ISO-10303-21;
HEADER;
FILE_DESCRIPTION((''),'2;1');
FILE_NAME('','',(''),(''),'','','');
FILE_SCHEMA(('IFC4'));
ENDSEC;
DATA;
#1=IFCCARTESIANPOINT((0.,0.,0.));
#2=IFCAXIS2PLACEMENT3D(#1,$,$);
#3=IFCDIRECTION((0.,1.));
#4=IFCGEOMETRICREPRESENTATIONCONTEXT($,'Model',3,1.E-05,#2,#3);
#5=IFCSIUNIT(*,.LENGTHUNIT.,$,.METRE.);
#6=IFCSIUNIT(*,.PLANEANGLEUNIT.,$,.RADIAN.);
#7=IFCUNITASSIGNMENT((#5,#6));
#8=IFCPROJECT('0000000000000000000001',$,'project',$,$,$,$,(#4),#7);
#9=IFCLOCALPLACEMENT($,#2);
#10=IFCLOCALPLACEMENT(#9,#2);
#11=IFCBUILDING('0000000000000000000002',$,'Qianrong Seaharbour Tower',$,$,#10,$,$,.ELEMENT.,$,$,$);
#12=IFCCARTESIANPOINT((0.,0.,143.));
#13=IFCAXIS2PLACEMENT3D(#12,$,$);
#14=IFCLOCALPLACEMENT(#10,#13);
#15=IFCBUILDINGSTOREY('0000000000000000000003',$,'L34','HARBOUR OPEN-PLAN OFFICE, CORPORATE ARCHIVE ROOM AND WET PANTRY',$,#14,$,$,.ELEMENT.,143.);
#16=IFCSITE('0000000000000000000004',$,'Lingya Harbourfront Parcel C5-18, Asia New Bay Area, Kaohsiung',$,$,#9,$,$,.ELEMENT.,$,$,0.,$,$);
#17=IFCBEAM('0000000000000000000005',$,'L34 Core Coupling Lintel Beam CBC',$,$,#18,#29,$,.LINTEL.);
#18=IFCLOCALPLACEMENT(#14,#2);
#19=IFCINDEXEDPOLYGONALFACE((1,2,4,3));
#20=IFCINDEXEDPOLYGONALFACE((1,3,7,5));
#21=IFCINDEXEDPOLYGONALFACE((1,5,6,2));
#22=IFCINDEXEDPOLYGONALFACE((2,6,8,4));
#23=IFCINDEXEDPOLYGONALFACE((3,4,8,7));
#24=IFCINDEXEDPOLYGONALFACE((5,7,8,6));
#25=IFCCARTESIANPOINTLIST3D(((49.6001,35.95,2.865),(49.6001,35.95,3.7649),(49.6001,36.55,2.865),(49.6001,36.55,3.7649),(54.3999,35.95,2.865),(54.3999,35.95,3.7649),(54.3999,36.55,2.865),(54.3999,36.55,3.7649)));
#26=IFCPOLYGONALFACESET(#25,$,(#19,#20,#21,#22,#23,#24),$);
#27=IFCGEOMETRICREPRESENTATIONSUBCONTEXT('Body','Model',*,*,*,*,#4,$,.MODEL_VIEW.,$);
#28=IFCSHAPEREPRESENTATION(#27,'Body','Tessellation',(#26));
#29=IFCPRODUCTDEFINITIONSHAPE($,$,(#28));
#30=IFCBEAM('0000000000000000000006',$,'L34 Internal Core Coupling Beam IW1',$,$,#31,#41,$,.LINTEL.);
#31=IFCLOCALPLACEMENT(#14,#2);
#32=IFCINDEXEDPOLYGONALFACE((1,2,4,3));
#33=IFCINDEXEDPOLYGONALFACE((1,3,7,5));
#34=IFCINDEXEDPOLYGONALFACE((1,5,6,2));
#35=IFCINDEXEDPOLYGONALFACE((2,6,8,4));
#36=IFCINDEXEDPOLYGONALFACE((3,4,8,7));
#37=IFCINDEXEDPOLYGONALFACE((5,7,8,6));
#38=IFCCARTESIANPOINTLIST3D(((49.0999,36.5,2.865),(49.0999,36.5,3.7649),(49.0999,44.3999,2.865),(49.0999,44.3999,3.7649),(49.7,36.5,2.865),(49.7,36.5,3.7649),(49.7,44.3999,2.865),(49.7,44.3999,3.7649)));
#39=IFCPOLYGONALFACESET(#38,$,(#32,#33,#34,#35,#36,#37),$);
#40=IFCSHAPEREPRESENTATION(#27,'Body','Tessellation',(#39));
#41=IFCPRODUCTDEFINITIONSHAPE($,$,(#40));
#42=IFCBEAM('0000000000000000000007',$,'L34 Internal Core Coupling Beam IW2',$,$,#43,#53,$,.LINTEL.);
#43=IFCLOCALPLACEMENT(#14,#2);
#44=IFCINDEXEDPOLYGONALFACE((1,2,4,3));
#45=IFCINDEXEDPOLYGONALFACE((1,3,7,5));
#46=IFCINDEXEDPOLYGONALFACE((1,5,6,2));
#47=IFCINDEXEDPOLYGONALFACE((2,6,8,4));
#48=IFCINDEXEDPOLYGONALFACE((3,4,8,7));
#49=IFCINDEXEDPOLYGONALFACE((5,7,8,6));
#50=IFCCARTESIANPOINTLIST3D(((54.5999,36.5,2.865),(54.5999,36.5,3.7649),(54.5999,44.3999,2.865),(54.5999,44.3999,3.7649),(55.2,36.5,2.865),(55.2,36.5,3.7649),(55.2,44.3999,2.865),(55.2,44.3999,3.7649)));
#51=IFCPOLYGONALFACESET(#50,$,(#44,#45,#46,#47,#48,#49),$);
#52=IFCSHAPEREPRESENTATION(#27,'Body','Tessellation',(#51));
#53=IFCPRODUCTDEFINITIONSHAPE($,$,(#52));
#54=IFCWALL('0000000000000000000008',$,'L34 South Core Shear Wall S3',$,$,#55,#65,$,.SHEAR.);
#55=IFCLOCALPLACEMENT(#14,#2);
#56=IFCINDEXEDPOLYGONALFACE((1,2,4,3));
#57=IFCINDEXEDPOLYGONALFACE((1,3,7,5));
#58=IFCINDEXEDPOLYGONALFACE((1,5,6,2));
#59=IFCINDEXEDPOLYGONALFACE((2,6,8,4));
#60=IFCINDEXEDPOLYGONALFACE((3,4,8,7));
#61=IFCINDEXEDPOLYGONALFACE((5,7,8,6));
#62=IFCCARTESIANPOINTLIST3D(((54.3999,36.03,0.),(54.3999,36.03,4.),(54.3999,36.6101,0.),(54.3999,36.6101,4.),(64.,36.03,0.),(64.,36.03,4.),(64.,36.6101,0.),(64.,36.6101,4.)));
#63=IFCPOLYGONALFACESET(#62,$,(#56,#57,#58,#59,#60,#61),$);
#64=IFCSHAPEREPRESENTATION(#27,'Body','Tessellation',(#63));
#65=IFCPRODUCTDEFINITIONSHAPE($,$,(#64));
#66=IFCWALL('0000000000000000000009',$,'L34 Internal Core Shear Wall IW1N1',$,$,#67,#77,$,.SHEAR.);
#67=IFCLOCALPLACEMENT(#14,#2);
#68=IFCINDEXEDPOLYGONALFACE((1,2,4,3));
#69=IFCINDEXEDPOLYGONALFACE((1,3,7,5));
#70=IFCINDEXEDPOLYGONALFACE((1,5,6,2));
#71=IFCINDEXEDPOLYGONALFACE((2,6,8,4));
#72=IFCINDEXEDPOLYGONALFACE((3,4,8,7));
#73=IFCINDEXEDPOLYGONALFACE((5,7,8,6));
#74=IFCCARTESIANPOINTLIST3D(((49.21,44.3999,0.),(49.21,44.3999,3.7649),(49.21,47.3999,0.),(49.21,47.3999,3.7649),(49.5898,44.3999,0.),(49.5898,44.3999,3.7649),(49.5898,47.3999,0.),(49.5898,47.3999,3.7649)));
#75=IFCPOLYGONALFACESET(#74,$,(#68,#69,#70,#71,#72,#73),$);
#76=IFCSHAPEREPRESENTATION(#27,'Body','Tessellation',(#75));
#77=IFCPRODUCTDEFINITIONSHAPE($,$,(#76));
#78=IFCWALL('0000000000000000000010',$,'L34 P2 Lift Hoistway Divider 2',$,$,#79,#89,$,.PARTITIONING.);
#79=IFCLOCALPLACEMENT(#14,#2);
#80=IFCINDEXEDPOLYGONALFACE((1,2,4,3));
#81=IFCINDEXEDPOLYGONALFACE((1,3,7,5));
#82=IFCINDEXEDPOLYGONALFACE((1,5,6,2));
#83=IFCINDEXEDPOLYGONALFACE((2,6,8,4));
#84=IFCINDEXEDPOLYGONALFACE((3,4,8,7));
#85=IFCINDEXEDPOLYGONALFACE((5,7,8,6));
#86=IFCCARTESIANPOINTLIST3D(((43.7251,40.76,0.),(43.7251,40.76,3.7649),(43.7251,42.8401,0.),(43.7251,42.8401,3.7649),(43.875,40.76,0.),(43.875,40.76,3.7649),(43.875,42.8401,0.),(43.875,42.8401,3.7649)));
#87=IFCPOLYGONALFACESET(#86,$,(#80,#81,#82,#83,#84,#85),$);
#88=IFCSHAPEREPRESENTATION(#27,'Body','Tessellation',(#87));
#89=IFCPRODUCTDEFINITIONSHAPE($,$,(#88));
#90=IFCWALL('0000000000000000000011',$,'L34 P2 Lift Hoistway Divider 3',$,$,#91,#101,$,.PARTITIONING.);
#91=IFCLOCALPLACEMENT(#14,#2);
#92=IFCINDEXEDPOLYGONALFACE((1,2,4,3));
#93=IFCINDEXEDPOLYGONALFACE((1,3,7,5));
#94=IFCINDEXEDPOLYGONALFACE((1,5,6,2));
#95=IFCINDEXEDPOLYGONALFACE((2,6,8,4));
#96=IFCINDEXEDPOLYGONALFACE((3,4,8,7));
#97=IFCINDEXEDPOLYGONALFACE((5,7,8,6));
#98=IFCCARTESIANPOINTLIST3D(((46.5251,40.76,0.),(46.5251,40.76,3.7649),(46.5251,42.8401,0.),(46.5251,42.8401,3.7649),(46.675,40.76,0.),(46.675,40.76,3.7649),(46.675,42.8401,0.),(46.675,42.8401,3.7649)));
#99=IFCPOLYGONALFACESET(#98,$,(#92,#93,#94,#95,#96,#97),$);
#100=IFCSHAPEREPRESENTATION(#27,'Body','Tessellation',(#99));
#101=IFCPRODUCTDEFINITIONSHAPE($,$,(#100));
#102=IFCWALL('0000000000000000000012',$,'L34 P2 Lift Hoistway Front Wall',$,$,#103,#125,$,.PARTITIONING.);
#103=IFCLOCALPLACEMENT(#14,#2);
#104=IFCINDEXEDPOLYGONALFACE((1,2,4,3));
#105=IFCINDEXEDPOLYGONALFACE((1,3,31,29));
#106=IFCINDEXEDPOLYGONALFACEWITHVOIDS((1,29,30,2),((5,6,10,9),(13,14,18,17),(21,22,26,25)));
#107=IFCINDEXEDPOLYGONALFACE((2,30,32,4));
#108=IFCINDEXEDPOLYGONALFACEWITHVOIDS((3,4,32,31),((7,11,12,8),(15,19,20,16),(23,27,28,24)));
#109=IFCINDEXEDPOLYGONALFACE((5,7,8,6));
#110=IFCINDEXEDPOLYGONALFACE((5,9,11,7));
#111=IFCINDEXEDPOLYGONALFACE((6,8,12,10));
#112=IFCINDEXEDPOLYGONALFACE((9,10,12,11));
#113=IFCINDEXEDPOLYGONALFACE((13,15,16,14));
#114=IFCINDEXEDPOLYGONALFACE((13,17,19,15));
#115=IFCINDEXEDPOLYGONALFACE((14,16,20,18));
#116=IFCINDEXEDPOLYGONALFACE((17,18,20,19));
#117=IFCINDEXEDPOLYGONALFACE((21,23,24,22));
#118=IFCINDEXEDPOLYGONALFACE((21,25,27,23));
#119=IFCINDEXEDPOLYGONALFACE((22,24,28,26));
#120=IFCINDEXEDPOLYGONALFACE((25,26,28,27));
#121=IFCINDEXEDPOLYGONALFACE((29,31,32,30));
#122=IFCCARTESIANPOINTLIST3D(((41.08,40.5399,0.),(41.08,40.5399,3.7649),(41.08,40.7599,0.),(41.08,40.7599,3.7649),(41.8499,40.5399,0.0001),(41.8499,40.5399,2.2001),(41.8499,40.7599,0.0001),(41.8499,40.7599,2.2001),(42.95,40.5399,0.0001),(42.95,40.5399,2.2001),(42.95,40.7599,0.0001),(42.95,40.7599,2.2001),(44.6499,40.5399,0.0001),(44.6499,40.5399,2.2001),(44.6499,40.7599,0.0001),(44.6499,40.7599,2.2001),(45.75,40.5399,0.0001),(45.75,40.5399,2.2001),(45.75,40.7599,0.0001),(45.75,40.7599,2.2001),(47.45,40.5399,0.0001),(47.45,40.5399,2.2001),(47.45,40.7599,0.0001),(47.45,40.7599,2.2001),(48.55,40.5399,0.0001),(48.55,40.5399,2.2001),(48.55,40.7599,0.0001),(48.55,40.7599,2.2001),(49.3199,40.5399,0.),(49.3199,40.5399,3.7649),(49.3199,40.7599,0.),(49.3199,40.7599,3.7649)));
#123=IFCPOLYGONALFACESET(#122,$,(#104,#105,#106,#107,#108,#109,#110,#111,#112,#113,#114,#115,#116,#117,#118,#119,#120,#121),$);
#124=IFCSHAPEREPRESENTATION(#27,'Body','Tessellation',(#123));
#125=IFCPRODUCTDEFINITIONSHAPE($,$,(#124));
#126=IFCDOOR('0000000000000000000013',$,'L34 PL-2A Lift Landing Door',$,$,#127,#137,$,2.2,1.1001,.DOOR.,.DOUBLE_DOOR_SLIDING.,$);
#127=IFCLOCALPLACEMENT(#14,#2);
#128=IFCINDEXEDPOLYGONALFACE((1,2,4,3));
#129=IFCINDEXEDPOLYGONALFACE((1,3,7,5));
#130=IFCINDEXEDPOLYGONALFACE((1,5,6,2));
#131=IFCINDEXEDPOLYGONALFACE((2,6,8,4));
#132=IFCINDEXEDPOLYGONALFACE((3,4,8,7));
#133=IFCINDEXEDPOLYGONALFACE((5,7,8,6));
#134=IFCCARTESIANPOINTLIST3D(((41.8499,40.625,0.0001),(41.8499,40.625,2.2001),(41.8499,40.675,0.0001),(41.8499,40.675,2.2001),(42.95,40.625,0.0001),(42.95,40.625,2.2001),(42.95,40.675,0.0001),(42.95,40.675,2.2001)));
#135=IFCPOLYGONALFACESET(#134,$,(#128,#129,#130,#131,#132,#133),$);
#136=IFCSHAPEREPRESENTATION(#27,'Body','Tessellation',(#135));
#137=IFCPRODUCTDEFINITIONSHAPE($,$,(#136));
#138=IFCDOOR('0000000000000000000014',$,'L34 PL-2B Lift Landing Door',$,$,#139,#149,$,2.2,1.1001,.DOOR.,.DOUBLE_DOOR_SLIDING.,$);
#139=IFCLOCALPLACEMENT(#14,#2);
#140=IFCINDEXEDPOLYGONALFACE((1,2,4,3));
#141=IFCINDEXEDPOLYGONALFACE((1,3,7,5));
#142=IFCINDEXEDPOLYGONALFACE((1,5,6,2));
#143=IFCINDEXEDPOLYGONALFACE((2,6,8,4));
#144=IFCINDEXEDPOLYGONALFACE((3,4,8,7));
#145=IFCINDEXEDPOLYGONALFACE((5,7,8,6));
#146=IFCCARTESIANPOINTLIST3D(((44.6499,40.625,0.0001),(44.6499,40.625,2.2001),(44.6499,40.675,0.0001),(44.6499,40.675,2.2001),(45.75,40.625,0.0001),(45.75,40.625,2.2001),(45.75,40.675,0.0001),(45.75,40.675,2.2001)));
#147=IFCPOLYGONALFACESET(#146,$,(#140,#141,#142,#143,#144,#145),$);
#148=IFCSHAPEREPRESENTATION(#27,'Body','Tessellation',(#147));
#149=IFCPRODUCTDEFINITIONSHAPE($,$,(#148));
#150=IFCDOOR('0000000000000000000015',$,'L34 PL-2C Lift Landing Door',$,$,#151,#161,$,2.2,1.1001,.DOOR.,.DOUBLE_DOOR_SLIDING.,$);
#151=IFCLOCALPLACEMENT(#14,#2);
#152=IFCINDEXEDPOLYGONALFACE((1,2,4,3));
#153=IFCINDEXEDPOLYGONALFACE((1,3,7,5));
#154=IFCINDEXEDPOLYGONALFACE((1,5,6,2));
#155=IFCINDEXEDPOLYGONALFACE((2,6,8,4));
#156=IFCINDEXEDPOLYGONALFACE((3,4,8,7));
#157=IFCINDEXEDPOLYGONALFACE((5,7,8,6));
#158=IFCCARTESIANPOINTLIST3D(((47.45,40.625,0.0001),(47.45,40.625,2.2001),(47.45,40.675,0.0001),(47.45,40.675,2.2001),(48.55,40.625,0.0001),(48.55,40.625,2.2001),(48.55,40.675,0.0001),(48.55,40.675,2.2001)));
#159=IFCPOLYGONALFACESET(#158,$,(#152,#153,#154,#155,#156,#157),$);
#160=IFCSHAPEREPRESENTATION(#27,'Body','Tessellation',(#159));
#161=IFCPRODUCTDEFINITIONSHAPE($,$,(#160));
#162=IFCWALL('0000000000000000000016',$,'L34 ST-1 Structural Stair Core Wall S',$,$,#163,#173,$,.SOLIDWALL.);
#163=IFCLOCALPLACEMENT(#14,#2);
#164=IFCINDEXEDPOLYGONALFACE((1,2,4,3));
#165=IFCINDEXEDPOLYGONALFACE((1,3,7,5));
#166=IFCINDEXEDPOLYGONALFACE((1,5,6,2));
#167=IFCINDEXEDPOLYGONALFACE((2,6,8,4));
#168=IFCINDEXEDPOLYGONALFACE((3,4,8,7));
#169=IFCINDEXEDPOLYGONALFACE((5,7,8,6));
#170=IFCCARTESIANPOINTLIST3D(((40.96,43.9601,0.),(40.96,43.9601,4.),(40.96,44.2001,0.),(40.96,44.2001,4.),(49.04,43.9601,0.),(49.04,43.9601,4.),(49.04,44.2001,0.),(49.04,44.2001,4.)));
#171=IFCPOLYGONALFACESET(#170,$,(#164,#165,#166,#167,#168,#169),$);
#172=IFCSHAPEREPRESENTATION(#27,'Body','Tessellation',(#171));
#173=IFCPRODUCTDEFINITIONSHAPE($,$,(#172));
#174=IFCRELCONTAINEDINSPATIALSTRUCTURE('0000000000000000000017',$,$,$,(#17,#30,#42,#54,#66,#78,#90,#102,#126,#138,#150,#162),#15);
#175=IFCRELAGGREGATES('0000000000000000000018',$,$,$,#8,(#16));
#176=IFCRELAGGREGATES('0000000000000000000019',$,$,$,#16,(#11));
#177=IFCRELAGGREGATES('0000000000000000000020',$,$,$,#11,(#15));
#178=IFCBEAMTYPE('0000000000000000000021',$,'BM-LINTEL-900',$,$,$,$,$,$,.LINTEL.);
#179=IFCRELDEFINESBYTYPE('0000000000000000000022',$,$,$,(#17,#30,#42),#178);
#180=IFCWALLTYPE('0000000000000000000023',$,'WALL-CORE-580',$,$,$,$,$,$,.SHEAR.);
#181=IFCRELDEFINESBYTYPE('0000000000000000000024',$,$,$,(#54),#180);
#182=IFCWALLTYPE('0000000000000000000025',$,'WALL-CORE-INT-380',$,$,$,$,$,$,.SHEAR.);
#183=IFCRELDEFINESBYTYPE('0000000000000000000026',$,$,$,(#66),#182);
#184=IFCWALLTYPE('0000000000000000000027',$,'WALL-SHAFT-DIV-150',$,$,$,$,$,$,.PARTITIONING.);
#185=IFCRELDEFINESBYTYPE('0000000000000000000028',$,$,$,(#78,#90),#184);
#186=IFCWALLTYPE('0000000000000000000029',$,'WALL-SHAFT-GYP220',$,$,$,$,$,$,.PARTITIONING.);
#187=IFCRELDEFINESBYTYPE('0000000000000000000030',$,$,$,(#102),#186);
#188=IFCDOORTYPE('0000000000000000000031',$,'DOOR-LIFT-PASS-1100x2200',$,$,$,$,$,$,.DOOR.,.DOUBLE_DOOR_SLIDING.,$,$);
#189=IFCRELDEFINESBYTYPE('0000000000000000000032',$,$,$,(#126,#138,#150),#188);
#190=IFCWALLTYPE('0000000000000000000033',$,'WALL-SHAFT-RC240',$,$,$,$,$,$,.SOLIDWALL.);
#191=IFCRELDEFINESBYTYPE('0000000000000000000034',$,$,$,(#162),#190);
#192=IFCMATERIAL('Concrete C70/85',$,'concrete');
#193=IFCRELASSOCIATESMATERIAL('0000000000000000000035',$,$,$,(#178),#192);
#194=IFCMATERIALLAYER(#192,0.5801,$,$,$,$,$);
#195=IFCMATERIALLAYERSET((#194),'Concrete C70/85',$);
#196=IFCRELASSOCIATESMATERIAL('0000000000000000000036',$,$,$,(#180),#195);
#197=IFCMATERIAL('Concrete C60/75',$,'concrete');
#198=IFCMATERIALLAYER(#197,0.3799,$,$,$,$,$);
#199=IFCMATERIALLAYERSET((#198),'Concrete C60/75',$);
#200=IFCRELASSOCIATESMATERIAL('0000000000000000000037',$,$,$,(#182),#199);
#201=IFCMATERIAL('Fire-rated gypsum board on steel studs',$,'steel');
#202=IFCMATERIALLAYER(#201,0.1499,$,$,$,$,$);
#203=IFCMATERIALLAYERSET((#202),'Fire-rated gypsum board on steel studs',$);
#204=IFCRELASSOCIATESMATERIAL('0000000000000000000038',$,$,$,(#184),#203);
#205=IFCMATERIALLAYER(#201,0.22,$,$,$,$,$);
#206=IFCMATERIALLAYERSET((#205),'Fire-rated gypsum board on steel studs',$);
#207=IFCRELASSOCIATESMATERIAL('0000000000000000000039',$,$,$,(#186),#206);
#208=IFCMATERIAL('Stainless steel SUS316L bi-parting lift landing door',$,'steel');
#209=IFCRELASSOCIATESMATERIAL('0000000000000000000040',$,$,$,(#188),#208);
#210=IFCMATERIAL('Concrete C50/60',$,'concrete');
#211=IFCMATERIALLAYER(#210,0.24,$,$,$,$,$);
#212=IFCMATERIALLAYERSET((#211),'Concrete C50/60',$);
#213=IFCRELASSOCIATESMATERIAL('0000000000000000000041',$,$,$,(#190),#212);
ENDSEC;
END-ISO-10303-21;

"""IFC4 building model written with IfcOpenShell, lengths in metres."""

from ifc_helpers import new_model, si_unit, direction, frame, frame_2d, origin, origin_2d, place, context, subcontext, project, spatial, rectangle, extrude, material, layer, layer_set, material_profile, profile_set, type_object, element, fill, save


model = new_model("IFC4")

# Units and contexts
model_context = context("Model", 3, precision=1e-05, world=origin(), true_north=direction((0.0, 1.0)))
body_context = subcontext(model_context, "Body", "Model", "MODEL_VIEW")
ifc_project = project(units=[si_unit("LENGTHUNIT", "METRE"), si_unit("PLANEANGLEUNIT", "RADIAN")], contexts=[model_context])

# Site, building, storey
site_placement = place(None, origin())
site = spatial("IfcSite", under=ifc_project, at=site_placement, Name="Lingya Harbourfront Parcel C5-18, Asia New Bay Area, Kaohsiung", CompositionType="ELEMENT", RefElevation=0.0)
building_placement = place(site_placement, origin())
building = spatial("IfcBuilding", under=site, at=building_placement, Name="Qianrong Seaharbour Tower", CompositionType="ELEMENT")
storey_placement = place(building_placement, frame((0.0, 0.0, 143.0)))
storey = spatial("IfcBuildingStorey", under=building, at=storey_placement, Name="L34", Description="HARBOUR OPEN-PLAN OFFICE, CORPORATE ARCHIVE ROOM AND WET PANTRY", CompositionType="ELEMENT", Elevation=143.0)

# Beams
ifc_material_1 = material(Name="Concrete C70/85", Category="concrete")
ifc_material_profile = material_profile(ifc_material_1, rectangle(XDim=0.6001, YDim=0.8999, at=origin_2d()), Name="RC600x900")
ifc_profile_set = profile_set([ifc_material_profile], Name="Concrete C70/85")
beam_type = type_object("IfcBeamType", Name="BM-LINTEL-900", PredefinedType="LINTEL", material=ifc_profile_set)
beam_placement = place(storey_placement, frame((49.6001, 36.25, 3.3149), z_axis=(1.0, 0.0, 0.0), x_axis=(0.0, 1.0, 0.0)))
element("IfcBeam", 1, at=beam_placement, inside=storey, type_object=beam_type, Name="L34 Core Coupling Lintel Beam CBC", PredefinedType="LINTEL", context=body_context, shape_type="SweptSolid", body=[
    extrude(rectangle(XDim=0.6001, YDim=0.8999, at=origin_2d()), origin(), (0.0, 0.0, 1.0), 4.7998),
])
for number, where, z_axis, x_axis, name in (
    (2, (49.3999, 36.5, 3.3149), (0.0, 1.0, 0.0), (-1.0, 0.0, 0.0), "L34 Internal Core Coupling Beam IW1"),
    (3, (54.8999, 36.5, 3.3149), (0.0, 1.0, 0.0), (-1.0, 0.0, 0.0), "L34 Internal Core Coupling Beam IW2"),
):
    element("IfcBeam", number, at=place(storey_placement, frame(where, z_axis=z_axis, x_axis=x_axis)), inside=storey, type_object=beam_type, Name=name, PredefinedType="LINTEL", context=body_context, shape_type="SweptSolid", body=[
        extrude(rectangle(XDim=0.6001, YDim=0.8999, at=origin_2d()), origin(), (0.0, 0.0, 1.0), 7.8999),
    ])

# Walls
ifc_layer_1 = layer(ifc_material_1, 0.5801)
ifc_layer_set_1 = layer_set([ifc_layer_1], Name="Concrete C70/85")
wall_type_1 = type_object("IfcWallType", Name="WALL-CORE-580", PredefinedType="SHEAR", material=ifc_layer_set_1)
wall_1_placement = place(storey_placement, frame((54.3999, 36.3201, 0.0), z_axis=(0.0, 0.0, 1.0), x_axis=(1.0, 0.0, 0.0)))
element("IfcWall", 4, at=wall_1_placement, inside=storey, type_object=wall_type_1, Name="L34 South Core Shear Wall S3", PredefinedType="SHEAR", context=body_context, shape_type="SweptSolid", body=[
    extrude(rectangle(XDim=9.6001, YDim=0.5801, at=frame_2d((4.8, 0.0))), origin(), (0.0, 0.0, 1.0), 4.0),
])
ifc_material_2 = material(Name="Concrete C60/75", Category="concrete")
ifc_layer_2 = layer(ifc_material_2, 0.3799)
ifc_layer_set_2 = layer_set([ifc_layer_2], Name="Concrete C60/75")
wall_type_2 = type_object("IfcWallType", Name="WALL-CORE-INT-380", PredefinedType="SHEAR", material=ifc_layer_set_2)
wall_2_placement = place(storey_placement, frame((49.3999, 44.3999, 0.0), z_axis=(0.0, 0.0, 1.0), x_axis=(0.0, 1.0, 0.0)))
element("IfcWall", 5, at=wall_2_placement, inside=storey, type_object=wall_type_2, Name="L34 Internal Core Shear Wall IW1N1", PredefinedType="SHEAR", context=body_context, shape_type="SweptSolid", body=[
    extrude(rectangle(XDim=3.0, YDim=0.3799, at=frame_2d((1.5, 0.0))), origin(), (0.0, 0.0, 1.0), 3.7649),
])

# Walls
ifc_material_3 = material(Name="Fire-rated gypsum board on steel studs", Category="steel")
ifc_layer_3 = layer(ifc_material_3, 0.1499)
ifc_layer_set_3 = layer_set([ifc_layer_3], Name="Fire-rated gypsum board on steel studs")
wall_type_3 = type_object("IfcWallType", Name="WALL-SHAFT-DIV-150", PredefinedType="PARTITIONING", material=ifc_layer_set_3)
for number, where, z_axis, x_axis, name in (
    (6, (43.8, 40.76, 0.0), (0.0, 0.0, 1.0), (0.0, 1.0, 0.0), "L34 P2 Lift Hoistway Divider 2"),
    (7, (46.6001, 40.76, 0.0), (0.0, 0.0, 1.0), (0.0, 1.0, 0.0), "L34 P2 Lift Hoistway Divider 3"),
):
    element("IfcWall", number, at=place(storey_placement, frame(where, z_axis=z_axis, x_axis=x_axis)), inside=storey, type_object=wall_type_3, Name=name, PredefinedType="PARTITIONING", context=body_context, shape_type="SweptSolid", body=[
        extrude(rectangle(XDim=2.0801, YDim=0.1499, at=frame_2d((1.04, 0.0))), origin(), (0.0, 0.0, 1.0), 3.7649),
    ])

# Wall, openings, doors
ifc_layer_4 = layer(ifc_material_3, 0.22)
ifc_layer_set_4 = layer_set([ifc_layer_4], Name="Fire-rated gypsum board on steel studs")
wall_type_4 = type_object("IfcWallType", Name="WALL-SHAFT-GYP220", PredefinedType="PARTITIONING", material=ifc_layer_set_4)
wall_3_placement = place(storey_placement, frame((49.3201, 40.6499, 0.0), z_axis=(0.0, 0.0, 1.0), x_axis=(-1.0, 0.0, 0.0)))
wall_3 = element("IfcWall", 8, at=wall_3_placement, inside=storey, type_object=wall_type_4, Name="L34 P2 Lift Hoistway Front Wall", PredefinedType="PARTITIONING", context=body_context, shape_type="SweptSolid", body=[
    extrude(rectangle(XDim=8.24, YDim=0.22, at=frame_2d((4.1201, 0.0))), origin(), (0.0, 0.0, 1.0), 3.7649),
])
opening_1_placement = place(wall_3_placement, frame((6.3701, 0.0, 0.0)))
opening_1 = element("IfcOpeningElement", 9, at=opening_1_placement, cuts=wall_3, PredefinedType="OPENING", context=body_context, shape_type="SweptSolid", body=[
    extrude(rectangle(XDim=1.1001, YDim=2.2, at=frame_2d((0.55, 1.1001))), frame((0.0, 0.1201, 0.0), z_axis=(0.0, -1.0, 0.0), x_axis=(1.0, 0.0, 0.0)), (0.0, 0.0, 1.0), 0.24),
])
opening_2_placement = place(wall_3_placement, frame((3.5701, 0.0, 0.0)))
opening_2 = element("IfcOpeningElement", 10, at=opening_2_placement, cuts=wall_3, PredefinedType="OPENING", context=body_context, shape_type="SweptSolid", body=[
    extrude(rectangle(XDim=1.1001, YDim=2.2, at=frame_2d((0.55, 1.1001))), frame((0.0, 0.1201, 0.0), z_axis=(0.0, -1.0, 0.0), x_axis=(1.0, 0.0, 0.0)), (0.0, 0.0, 1.0), 0.24),
])
opening_3_placement = place(wall_3_placement, frame((0.77, 0.0, 0.0)))
opening_3 = element("IfcOpeningElement", 11, at=opening_3_placement, cuts=wall_3, PredefinedType="OPENING", context=body_context, shape_type="SweptSolid", body=[
    extrude(rectangle(XDim=1.1001, YDim=2.2, at=frame_2d((0.55, 1.1001))), frame((0.0, 0.1201, 0.0), z_axis=(0.0, -1.0, 0.0), x_axis=(1.0, 0.0, 0.0)), (0.0, 0.0, 1.0), 0.24),
])
ifc_material_4 = material(Name="Stainless steel SUS316L bi-parting lift landing door", Category="steel")
door_type_1 = type_object("IfcDoorType", Name="DOOR-LIFT-PASS-1100x2200", OperationType="DOUBLE_DOOR_SLIDING", PredefinedType="DOOR", material=ifc_material_4)
door_1_placement = place(opening_1_placement, origin())
door_1 = element("IfcDoor", 12, at=door_1_placement, inside=storey, type_object=door_type_1, Name="L34 PL-2A Lift Landing Door", OperationType="DOUBLE_DOOR_SLIDING", OverallHeight=2.2, OverallWidth=1.1001, PredefinedType="DOOR", context=body_context, shape_type="SweptSolid", body=[
    extrude(rectangle(XDim=1.1001, YDim=2.2, at=frame_2d((0.55, 1.1001))), frame((0.0, 0.0249, 0.0), z_axis=(0.0, -1.0, 0.0), x_axis=(1.0, 0.0, 0.0)), (0.0, 0.0, 1.0), 0.05),
])
fill(opening_1, door_1)
door_2_placement = place(opening_2_placement, origin())
door_2 = element("IfcDoor", 13, at=door_2_placement, inside=storey, type_object=door_type_1, Name="L34 PL-2B Lift Landing Door", OperationType="DOUBLE_DOOR_SLIDING", OverallHeight=2.2, OverallWidth=1.1001, PredefinedType="DOOR", context=body_context, shape_type="SweptSolid", body=[
    extrude(rectangle(XDim=1.1001, YDim=2.2, at=frame_2d((0.55, 1.1001))), frame((0.0, 0.0249, 0.0), z_axis=(0.0, -1.0, 0.0), x_axis=(1.0, 0.0, 0.0)), (0.0, 0.0, 1.0), 0.05),
])
fill(opening_2, door_2)
door_3_placement = place(opening_3_placement, origin())
door_3 = element("IfcDoor", 14, at=door_3_placement, inside=storey, type_object=door_type_1, Name="L34 PL-2C Lift Landing Door", OperationType="DOUBLE_DOOR_SLIDING", OverallHeight=2.2, OverallWidth=1.1001, PredefinedType="DOOR", context=body_context, shape_type="SweptSolid", body=[
    extrude(rectangle(XDim=1.1001, YDim=2.2, at=frame_2d((0.55, 1.1001))), frame((0.0, 0.0249, 0.0), z_axis=(0.0, -1.0, 0.0), x_axis=(1.0, 0.0, 0.0)), (0.0, 0.0, 1.0), 0.05),
])
fill(opening_3, door_3)

# Wall
ifc_material_5 = material(Name="Concrete C50/60", Category="concrete")
ifc_layer_5 = layer(ifc_material_5, 0.24)
ifc_layer_set_5 = layer_set([ifc_layer_5], Name="Concrete C50/60")
wall_type_5 = type_object("IfcWallType", Name="WALL-SHAFT-RC240", PredefinedType="SOLIDWALL", material=ifc_layer_set_5)
wall_4_placement = place(storey_placement, frame((49.04, 44.0801, 0.0), z_axis=(0.0, 0.0, 1.0), x_axis=(-1.0, 0.0, 0.0)))
element("IfcWall", 15, at=wall_4_placement, inside=storey, type_object=wall_type_5, Name="L34 ST-1 Structural Stair Core Wall S", PredefinedType="SOLIDWALL", context=body_context, shape_type="SweptSolid", body=[
    extrude(rectangle(XDim=8.0801, YDim=0.24, at=frame_2d((4.04, 0.0))), origin(), (0.0, 0.0, 1.0), 4.0),
])

save(model, "model.ifc")
